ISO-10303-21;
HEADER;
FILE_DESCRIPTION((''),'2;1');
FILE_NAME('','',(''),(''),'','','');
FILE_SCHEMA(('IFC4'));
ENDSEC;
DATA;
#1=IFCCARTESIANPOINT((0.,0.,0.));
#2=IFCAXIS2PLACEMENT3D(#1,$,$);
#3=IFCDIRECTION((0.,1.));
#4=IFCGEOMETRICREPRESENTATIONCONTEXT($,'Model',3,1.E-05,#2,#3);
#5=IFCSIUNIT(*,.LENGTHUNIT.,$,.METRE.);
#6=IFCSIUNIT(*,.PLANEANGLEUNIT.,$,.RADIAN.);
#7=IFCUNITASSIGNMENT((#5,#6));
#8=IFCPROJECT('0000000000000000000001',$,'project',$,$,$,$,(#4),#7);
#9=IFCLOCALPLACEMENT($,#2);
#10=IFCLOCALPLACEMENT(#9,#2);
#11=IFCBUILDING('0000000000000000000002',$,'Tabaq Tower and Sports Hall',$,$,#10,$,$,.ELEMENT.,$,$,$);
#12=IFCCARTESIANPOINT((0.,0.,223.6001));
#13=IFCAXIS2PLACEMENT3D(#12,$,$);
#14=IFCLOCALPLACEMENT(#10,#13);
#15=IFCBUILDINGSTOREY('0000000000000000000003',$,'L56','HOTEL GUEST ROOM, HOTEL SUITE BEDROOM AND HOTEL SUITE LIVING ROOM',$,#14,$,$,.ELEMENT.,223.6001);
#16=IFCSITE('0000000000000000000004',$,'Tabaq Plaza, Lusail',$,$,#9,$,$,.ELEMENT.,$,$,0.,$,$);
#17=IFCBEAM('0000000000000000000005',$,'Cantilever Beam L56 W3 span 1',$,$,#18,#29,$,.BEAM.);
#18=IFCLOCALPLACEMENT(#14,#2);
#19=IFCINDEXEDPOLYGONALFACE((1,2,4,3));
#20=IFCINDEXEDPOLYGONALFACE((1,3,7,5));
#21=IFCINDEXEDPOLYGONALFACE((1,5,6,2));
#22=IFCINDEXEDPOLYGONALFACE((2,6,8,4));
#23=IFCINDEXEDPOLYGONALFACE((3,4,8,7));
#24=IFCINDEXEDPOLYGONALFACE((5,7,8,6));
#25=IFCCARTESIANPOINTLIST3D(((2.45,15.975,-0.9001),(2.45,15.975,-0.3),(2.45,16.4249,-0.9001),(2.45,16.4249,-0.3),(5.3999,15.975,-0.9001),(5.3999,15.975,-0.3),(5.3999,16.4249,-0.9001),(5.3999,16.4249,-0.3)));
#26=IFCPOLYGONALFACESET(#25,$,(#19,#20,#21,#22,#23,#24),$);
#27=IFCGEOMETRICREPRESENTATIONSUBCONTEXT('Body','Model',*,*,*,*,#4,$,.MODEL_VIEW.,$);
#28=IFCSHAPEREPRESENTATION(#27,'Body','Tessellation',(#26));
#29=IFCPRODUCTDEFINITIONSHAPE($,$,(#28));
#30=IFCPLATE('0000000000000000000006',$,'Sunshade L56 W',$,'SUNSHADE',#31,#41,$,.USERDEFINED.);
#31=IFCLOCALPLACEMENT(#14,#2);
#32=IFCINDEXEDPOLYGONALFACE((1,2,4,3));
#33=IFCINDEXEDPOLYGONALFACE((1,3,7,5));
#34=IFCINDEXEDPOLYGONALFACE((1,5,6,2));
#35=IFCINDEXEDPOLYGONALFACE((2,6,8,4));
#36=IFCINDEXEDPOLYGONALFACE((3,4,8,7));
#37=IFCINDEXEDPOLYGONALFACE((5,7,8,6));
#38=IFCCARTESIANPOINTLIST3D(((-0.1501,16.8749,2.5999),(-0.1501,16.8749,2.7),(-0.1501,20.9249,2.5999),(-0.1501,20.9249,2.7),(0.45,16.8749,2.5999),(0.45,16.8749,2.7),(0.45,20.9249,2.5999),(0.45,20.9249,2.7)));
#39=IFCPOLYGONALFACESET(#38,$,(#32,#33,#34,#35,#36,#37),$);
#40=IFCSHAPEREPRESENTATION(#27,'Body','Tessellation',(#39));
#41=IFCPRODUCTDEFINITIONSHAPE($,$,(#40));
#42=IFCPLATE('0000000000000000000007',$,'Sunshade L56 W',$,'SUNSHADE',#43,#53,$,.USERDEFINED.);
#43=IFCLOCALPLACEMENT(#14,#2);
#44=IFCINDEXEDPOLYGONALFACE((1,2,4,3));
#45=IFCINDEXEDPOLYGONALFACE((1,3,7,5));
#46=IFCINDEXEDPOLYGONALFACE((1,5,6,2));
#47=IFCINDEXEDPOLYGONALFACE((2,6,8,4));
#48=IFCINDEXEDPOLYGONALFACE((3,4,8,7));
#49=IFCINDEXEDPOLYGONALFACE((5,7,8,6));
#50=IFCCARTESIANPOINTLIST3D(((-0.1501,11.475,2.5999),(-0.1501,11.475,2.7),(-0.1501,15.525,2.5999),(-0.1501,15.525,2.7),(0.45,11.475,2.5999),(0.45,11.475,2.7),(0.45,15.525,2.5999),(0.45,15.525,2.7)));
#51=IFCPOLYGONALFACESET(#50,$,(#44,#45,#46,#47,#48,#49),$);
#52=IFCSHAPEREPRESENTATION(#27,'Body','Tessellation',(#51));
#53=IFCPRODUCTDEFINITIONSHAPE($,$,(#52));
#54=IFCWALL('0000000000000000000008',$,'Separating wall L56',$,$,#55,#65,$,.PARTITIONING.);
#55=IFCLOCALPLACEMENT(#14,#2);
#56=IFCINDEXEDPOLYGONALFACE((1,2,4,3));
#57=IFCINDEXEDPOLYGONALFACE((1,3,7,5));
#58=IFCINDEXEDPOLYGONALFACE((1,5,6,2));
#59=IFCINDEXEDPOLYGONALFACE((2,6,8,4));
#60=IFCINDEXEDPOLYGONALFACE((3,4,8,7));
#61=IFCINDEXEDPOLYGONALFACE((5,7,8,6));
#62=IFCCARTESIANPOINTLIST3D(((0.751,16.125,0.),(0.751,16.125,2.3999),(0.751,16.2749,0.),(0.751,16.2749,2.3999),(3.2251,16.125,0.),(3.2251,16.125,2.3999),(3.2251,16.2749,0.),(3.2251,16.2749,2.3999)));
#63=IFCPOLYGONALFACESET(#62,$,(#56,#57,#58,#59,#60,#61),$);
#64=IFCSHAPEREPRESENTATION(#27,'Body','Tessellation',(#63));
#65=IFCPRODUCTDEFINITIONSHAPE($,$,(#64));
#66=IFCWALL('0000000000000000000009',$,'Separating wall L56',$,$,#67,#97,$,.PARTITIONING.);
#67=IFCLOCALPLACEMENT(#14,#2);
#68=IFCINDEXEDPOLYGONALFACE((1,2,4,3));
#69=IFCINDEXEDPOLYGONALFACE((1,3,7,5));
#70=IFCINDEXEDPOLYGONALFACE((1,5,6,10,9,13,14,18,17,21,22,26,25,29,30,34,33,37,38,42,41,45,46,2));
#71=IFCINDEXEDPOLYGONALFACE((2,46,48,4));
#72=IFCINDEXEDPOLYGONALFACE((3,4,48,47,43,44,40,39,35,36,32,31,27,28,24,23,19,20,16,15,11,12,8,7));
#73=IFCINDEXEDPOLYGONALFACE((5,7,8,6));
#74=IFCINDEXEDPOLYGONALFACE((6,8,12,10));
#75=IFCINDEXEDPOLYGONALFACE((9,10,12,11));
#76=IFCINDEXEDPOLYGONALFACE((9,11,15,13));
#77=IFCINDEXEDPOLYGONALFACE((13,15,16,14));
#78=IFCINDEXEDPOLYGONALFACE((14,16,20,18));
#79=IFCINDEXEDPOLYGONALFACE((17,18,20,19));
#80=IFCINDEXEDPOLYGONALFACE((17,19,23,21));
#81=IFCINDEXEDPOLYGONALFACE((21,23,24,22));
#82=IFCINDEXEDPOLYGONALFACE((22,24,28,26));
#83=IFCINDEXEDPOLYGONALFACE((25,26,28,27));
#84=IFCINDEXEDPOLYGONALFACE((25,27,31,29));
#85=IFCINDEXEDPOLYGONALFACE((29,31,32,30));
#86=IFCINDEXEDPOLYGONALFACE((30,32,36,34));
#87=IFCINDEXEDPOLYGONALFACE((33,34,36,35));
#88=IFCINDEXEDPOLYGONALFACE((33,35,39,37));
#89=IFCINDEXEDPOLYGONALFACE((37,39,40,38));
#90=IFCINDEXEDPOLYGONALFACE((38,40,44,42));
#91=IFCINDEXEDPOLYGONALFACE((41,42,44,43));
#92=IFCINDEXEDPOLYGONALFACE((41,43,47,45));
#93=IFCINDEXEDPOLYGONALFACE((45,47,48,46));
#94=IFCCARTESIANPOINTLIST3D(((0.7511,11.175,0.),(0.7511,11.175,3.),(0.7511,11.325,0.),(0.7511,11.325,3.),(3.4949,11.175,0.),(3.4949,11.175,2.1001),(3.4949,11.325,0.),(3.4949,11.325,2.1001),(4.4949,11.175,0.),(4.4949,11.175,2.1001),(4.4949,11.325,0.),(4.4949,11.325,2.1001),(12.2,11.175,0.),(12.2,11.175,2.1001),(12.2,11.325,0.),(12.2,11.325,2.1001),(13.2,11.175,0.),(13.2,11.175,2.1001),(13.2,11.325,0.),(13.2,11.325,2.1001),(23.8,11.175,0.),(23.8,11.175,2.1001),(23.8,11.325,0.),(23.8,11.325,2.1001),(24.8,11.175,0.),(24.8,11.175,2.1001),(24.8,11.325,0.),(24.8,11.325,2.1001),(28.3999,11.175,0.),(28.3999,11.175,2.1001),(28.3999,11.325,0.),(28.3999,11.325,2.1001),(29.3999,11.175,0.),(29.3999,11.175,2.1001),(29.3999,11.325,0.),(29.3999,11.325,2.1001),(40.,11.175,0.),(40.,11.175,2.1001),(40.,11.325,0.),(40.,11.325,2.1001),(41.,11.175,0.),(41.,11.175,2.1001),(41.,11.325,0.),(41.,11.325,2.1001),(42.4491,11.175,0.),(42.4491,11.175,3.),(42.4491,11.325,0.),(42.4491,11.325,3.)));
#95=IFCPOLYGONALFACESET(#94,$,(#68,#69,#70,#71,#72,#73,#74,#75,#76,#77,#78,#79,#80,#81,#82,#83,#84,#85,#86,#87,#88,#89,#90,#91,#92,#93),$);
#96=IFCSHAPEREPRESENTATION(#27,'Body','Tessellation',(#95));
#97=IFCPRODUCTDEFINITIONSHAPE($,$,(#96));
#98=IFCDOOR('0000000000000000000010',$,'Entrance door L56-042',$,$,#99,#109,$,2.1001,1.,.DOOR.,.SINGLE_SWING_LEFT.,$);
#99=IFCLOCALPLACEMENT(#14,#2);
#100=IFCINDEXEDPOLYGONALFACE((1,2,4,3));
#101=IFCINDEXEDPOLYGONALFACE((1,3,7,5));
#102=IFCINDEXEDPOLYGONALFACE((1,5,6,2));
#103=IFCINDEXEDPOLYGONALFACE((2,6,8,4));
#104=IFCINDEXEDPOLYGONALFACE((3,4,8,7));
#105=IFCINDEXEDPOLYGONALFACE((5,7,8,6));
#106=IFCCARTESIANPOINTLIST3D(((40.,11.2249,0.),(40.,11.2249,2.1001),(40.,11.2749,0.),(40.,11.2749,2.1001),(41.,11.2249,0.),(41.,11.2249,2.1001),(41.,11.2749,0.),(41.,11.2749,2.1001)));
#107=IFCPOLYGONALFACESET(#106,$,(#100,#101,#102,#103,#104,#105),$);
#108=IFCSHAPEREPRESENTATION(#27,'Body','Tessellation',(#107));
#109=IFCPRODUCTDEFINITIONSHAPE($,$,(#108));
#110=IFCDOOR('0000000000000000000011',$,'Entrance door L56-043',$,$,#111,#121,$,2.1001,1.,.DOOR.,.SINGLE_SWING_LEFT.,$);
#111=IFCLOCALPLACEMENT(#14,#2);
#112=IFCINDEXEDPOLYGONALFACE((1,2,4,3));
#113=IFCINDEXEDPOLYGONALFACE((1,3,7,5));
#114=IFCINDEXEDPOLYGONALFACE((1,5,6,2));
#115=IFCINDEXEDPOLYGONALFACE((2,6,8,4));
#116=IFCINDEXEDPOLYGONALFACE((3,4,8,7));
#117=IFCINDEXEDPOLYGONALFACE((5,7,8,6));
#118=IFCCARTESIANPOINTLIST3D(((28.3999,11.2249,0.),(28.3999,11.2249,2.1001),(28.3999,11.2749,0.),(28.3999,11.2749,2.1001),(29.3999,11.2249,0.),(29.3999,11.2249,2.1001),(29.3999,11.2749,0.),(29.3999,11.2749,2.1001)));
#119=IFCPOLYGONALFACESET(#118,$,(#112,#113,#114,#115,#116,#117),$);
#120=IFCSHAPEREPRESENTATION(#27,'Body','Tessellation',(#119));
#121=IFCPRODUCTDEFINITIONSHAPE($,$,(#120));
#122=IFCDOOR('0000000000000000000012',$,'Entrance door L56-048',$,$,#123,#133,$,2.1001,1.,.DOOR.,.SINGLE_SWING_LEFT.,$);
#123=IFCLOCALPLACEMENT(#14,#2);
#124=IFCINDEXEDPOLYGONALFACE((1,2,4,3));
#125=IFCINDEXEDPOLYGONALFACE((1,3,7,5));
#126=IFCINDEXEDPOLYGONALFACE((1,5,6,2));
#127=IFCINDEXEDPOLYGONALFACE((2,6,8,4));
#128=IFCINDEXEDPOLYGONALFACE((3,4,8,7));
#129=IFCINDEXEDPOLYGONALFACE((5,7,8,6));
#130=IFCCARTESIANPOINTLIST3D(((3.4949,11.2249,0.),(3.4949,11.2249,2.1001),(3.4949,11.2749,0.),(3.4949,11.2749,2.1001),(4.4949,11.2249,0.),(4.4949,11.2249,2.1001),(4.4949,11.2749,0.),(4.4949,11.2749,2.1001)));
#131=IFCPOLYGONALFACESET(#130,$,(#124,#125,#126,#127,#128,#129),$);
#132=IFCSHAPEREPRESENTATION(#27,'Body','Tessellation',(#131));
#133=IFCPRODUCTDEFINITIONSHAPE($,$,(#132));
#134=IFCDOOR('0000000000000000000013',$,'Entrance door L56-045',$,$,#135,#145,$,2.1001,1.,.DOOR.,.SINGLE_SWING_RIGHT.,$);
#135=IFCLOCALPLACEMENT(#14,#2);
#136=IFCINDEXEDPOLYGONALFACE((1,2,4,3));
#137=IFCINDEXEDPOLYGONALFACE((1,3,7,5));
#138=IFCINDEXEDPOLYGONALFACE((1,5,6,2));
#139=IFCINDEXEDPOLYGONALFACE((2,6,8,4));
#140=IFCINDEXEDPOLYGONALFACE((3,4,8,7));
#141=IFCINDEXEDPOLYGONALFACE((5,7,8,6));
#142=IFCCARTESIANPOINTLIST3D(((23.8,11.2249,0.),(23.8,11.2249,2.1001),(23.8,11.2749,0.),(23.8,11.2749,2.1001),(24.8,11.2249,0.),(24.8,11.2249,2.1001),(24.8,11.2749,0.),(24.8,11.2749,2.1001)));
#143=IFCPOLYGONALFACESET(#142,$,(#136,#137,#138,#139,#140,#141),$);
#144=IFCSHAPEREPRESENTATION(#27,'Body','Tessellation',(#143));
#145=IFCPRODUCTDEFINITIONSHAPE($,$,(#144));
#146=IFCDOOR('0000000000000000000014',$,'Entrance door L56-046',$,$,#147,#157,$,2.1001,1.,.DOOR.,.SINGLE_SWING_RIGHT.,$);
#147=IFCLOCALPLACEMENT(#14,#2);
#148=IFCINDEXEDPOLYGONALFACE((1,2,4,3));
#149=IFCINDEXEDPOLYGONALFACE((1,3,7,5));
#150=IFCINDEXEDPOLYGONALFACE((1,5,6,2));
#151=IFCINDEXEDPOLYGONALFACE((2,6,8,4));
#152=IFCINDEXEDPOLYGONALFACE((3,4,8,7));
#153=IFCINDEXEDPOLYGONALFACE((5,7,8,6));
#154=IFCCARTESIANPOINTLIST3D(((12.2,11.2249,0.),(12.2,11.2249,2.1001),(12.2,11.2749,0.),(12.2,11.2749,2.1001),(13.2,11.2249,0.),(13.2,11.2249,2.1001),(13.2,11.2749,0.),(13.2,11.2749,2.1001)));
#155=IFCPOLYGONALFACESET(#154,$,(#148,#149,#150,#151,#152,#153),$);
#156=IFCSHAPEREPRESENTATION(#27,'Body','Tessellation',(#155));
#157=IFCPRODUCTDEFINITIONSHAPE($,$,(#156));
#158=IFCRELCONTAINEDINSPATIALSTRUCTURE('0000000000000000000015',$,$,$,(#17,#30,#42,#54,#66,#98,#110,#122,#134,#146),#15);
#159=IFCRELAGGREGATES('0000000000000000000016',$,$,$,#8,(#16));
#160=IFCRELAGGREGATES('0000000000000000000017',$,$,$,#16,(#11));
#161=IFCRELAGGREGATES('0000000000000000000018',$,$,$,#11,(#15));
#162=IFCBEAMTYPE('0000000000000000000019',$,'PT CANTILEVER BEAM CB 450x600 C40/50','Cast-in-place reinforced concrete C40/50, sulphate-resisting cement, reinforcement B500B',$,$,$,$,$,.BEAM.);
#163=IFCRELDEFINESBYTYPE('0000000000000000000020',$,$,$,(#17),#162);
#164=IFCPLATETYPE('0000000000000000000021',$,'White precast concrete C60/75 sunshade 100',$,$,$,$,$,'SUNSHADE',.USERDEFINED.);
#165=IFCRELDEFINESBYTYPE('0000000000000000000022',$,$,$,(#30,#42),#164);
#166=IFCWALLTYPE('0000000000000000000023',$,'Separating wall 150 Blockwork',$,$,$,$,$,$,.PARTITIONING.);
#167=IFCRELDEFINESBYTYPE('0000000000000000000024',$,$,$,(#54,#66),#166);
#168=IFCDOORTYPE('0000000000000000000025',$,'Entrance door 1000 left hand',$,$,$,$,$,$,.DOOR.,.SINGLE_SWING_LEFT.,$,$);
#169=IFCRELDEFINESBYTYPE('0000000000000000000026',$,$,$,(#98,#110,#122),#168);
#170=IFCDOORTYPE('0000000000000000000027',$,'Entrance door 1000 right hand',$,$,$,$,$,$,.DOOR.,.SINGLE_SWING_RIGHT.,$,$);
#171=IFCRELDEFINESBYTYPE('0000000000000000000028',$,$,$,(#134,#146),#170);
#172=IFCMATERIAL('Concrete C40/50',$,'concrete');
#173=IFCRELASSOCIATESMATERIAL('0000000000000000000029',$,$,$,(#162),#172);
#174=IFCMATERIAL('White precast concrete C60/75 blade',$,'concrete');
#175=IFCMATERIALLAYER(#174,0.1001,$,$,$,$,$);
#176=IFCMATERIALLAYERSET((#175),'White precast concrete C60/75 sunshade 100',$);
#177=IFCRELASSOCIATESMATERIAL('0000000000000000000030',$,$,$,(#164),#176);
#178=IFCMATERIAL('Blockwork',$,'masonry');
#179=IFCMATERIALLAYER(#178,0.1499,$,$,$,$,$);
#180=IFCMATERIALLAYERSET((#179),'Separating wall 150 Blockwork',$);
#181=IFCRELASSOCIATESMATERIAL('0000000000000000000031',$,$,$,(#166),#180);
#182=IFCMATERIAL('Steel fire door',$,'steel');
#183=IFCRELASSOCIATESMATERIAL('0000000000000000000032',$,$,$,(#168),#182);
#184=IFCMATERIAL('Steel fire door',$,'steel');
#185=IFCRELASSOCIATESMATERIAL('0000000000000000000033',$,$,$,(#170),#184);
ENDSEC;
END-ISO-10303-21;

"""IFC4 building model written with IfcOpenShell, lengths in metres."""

from ifc_helpers import new_model, si_unit, direction, frame, frame_2d, origin, origin_2d, place, context, subcontext, project, spatial, rectangle, extrude, material, layer, layer_set, material_profile, profile_set, type_object, element, fill, save


model = new_model("IFC4")

# Units and contexts
model_context = context("Model", 3, precision=1e-05, world=origin(), true_north=direction((0.0, 1.0)))
body_context = subcontext(model_context, "Body", "Model", "MODEL_VIEW")
ifc_project = project(units=[si_unit("LENGTHUNIT", "METRE"), si_unit("PLANEANGLEUNIT", "RADIAN")], contexts=[model_context])

# Site, building, storey
site_placement = place(None, origin())
site = spatial("IfcSite", under=ifc_project, at=site_placement, Name="Tabaq Plaza, Lusail", CompositionType="ELEMENT", RefElevation=0.0)
building_placement = place(site_placement, origin())
building = spatial("IfcBuilding", under=site, at=building_placement, Name="Tabaq Tower and Sports Hall", CompositionType="ELEMENT")
storey_placement = place(building_placement, frame((0.0, 0.0, 223.6001)))
storey = spatial("IfcBuildingStorey", under=building, at=storey_placement, Name="L56", Description="HOTEL GUEST ROOM, HOTEL SUITE BEDROOM AND HOTEL SUITE LIVING ROOM", CompositionType="ELEMENT", Elevation=223.6001)

# Beam
ifc_material_1 = material(Name="Concrete C40/50", Category="concrete")
ifc_material_profile = material_profile(ifc_material_1, rectangle(XDim=0.45, YDim=0.6001, at=origin_2d()), Name="CB 450x600")
ifc_profile_set = profile_set([ifc_material_profile], Name="Concrete C40/50")
beam_type = type_object("IfcBeamType", Name="PT CANTILEVER BEAM CB 450x600 C40/50", Description="Cast-in-place reinforced concrete C40/50, sulphate-resisting cement, reinforcement B500B", PredefinedType="BEAM", material=ifc_profile_set)
beam_placement = place(storey_placement, frame((2.45, 16.2, -0.6001), z_axis=(1.0, 0.0, 0.0), x_axis=(0.0, 1.0, 0.0)))
element("IfcBeam", 1, at=beam_placement, inside=storey, type_object=beam_type, Name="Cantilever Beam L56 W3 span 1", PredefinedType="BEAM", context=body_context, shape_type="SweptSolid", body=[
    extrude(rectangle(XDim=0.45, YDim=0.6001, at=origin_2d()), origin(), (0.0, 0.0, 1.0), 2.95),
])

# Plates
ifc_material_2 = material(Name="White precast concrete C60/75 blade", Category="concrete")
ifc_layer_1 = layer(ifc_material_2, 0.1001)
ifc_layer_set_1 = layer_set([ifc_layer_1], Name="White precast concrete C60/75 sunshade 100")
plate_type = type_object("IfcPlateType", Name="White precast concrete C60/75 sunshade 100", ElementType="SUNSHADE", PredefinedType="USERDEFINED", material=ifc_layer_set_1)
for number, where, z_axis, x_axis, name in (
    (2, (0.1499, 18.8999, 2.5999), (0.0, 0.0, 1.0), (0.0, -1.0, 0.0), "Sunshade L56 W"),
    (3, (0.1499, 13.5, 2.5999), (0.0, 0.0, 1.0), (0.0, -1.0, 0.0), "Sunshade L56 W"),
):
    element("IfcPlate", number, at=place(storey_placement, frame(where, z_axis=z_axis, x_axis=x_axis)), inside=storey, type_object=plate_type, Name=name, ObjectType="SUNSHADE", PredefinedType="USERDEFINED", context=body_context, shape_type="SweptSolid", body=[
        extrude(rectangle(XDim=4.05, YDim=0.6001, at=origin_2d()), origin(), (0.0, 0.0, 1.0), 0.1001),
    ])

# Wall
ifc_material_3 = material(Name="Blockwork", Category="masonry")
ifc_layer_2 = layer(ifc_material_3, 0.1499)
ifc_layer_set_2 = layer_set([ifc_layer_2], Name="Separating wall 150 Blockwork")
wall_type_1 = type_object("IfcWallType", Name="Separating wall 150 Blockwork", PredefinedType="PARTITIONING", material=ifc_layer_set_2)
wall_1_placement = place(storey_placement, frame((3.2251, 16.2, 0.0), z_axis=(0.0, 0.0, 1.0), x_axis=(-1.0, 0.0, 0.0)))
element("IfcWall", 4, at=wall_1_placement, inside=storey, type_object=wall_type_1, Name="Separating wall L56", PredefinedType="PARTITIONING", context=body_context, shape_type="SweptSolid", body=[
    extrude(rectangle(XDim=2.4741, YDim=0.1499, at=frame_2d((1.2371, 0.0))), origin(), (0.0, 0.0, 1.0), 2.3999),
])

# Wall, openings, doors
wall_2_placement = place(storey_placement, frame((0.751, 11.25, 0.0), z_axis=(0.0, 0.0, 1.0), x_axis=(1.0, 0.0, 0.0)))
wall_2 = element("IfcWall", 5, at=wall_2_placement, inside=storey, type_object=wall_type_1, Name="Separating wall L56", PredefinedType="PARTITIONING", context=body_context, shape_type="SweptSolid", body=[
    extrude(rectangle(XDim=41.698, YDim=0.1499, at=frame_2d((20.8491, 0.0))), origin(), (0.0, 0.0, 1.0), 3.0),
])
opening_1_placement = place(wall_2_placement, frame((39.249, 0.0, 0.0)))
opening_1 = element("IfcOpeningElement", 6, at=opening_1_placement, cuts=wall_2, PredefinedType="OPENING", context=body_context, shape_type="SweptSolid", body=[
    extrude(rectangle(XDim=1.0, YDim=2.1001, at=frame_2d((0.5, 1.05))), frame((0.0, 0.075, 0.0), z_axis=(0.0, -1.0, 0.0), x_axis=(1.0, 0.0, 0.0)), (0.0, 0.0, 1.0), 0.1499),
])
opening_2_placement = place(wall_2_placement, frame((27.6489, 0.0, 0.0)))
opening_2 = element("IfcOpeningElement", 7, at=opening_2_placement, cuts=wall_2, PredefinedType="OPENING", context=body_context, shape_type="SweptSolid", body=[
    extrude(rectangle(XDim=1.0, YDim=2.1001, at=frame_2d((0.5, 1.05))), frame((0.0, 0.075, 0.0), z_axis=(0.0, -1.0, 0.0), x_axis=(1.0, 0.0, 0.0)), (0.0, 0.0, 1.0), 0.1499),
])
opening_3_placement = place(wall_2_placement, frame((23.0491, 0.0, 0.0)))
opening_3 = element("IfcOpeningElement", 8, at=opening_3_placement, cuts=wall_2, PredefinedType="OPENING", context=body_context, shape_type="SweptSolid", body=[
    extrude(rectangle(XDim=1.0, YDim=2.1001, at=frame_2d((0.5, 1.05))), frame((0.0, 0.075, 0.0), z_axis=(0.0, -1.0, 0.0), x_axis=(1.0, 0.0, 0.0)), (0.0, 0.0, 1.0), 0.1499),
])
opening_4_placement = place(wall_2_placement, frame((11.449, 0.0, 0.0)))
opening_4 = element("IfcOpeningElement", 9, at=opening_4_placement, cuts=wall_2, PredefinedType="OPENING", context=body_context, shape_type="SweptSolid", body=[
    extrude(rectangle(XDim=1.0, YDim=2.1001, at=frame_2d((0.5, 1.05))), frame((0.0, 0.075, 0.0), z_axis=(0.0, -1.0, 0.0), x_axis=(1.0, 0.0, 0.0)), (0.0, 0.0, 1.0), 0.1499),
])
opening_5_placement = place(wall_2_placement, frame((2.7439, 0.0, 0.0)))
opening_5 = element("IfcOpeningElement", 10, at=opening_5_placement, cuts=wall_2, PredefinedType="OPENING", context=body_context, shape_type="SweptSolid", body=[
    extrude(rectangle(XDim=1.0, YDim=2.1001, at=frame_2d((0.5, 1.05))), frame((0.0, 0.075, 0.0), z_axis=(0.0, -1.0, 0.0), x_axis=(1.0, 0.0, 0.0)), (0.0, 0.0, 1.0), 0.1499),
])
ifc_material_4 = material(Name="Steel fire door", Category="steel")
door_type_1 = type_object("IfcDoorType", Name="Entrance door 1000 left hand", OperationType="SINGLE_SWING_LEFT", PredefinedType="DOOR", material=ifc_material_4)
door_1_placement = place(opening_1_placement, origin())
door_1 = element("IfcDoor", 11, at=door_1_placement, inside=storey, type_object=door_type_1, Name="Entrance door L56-042", OperationType="SINGLE_SWING_LEFT", OverallHeight=2.1001, OverallWidth=1.0, PredefinedType="DOOR", context=body_context, shape_type="SweptSolid", body=[
    extrude(rectangle(XDim=1.0, YDim=2.1001, at=frame_2d((0.5, 1.05))), frame((0.0, 0.0249, 0.0), z_axis=(0.0, -1.0, 0.0), x_axis=(1.0, 0.0, 0.0)), (0.0, 0.0, 1.0), 0.05),
])
fill(opening_1, door_1)
door_2_placement = place(opening_2_placement, origin())
door_2 = element("IfcDoor", 12, at=door_2_placement, inside=storey, type_object=door_type_1, Name="Entrance door L56-043", OperationType="SINGLE_SWING_LEFT", OverallHeight=2.1001, OverallWidth=1.0, PredefinedType="DOOR", context=body_context, shape_type="SweptSolid", body=[
    extrude(rectangle(XDim=1.0, YDim=2.1001, at=frame_2d((0.5, 1.05))), frame((0.0, 0.0249, 0.0), z_axis=(0.0, -1.0, 0.0), x_axis=(1.0, 0.0, 0.0)), (0.0, 0.0, 1.0), 0.05),
])
fill(opening_2, door_2)
door_3_placement = place(opening_5_placement, origin())
door_3 = element("IfcDoor", 13, at=door_3_placement, inside=storey, type_object=door_type_1, Name="Entrance door L56-048", OperationType="SINGLE_SWING_LEFT", OverallHeight=2.1001, OverallWidth=1.0, PredefinedType="DOOR", context=body_context, shape_type="SweptSolid", body=[
    extrude(rectangle(XDim=1.0, YDim=2.1001, at=frame_2d((0.5, 1.05))), frame((0.0, 0.0249, 0.0), z_axis=(0.0, -1.0, 0.0), x_axis=(1.0, 0.0, 0.0)), (0.0, 0.0, 1.0), 0.05),
])
fill(opening_5, door_3)
ifc_material_5 = material(Name="Steel fire door", Category="steel")
door_type_2 = type_object("IfcDoorType", Name="Entrance door 1000 right hand", OperationType="SINGLE_SWING_RIGHT", PredefinedType="DOOR", material=ifc_material_5)
door_4_placement = place(opening_3_placement, origin())
door_4 = element("IfcDoor", 14, at=door_4_placement, inside=storey, type_object=door_type_2, Name="Entrance door L56-045", OperationType="SINGLE_SWING_RIGHT", OverallHeight=2.1001, OverallWidth=1.0, PredefinedType="DOOR", context=body_context, shape_type="SweptSolid", body=[
    extrude(rectangle(XDim=1.0, YDim=2.1001, at=frame_2d((0.5, 1.05))), frame((0.0, 0.0249, 0.0), z_axis=(0.0, -1.0, 0.0), x_axis=(1.0, 0.0, 0.0)), (0.0, 0.0, 1.0), 0.05),
])
fill(opening_3, door_4)
door_5_placement = place(opening_4_placement, origin())
door_5 = element("IfcDoor", 15, at=door_5_placement, inside=storey, type_object=door_type_2, Name="Entrance door L56-046", OperationType="SINGLE_SWING_RIGHT", OverallHeight=2.1001, OverallWidth=1.0, PredefinedType="DOOR", context=body_context, shape_type="SweptSolid", body=[
    extrude(rectangle(XDim=1.0, YDim=2.1001, at=frame_2d((0.5, 1.05))), frame((0.0, 0.0249, 0.0), z_axis=(0.0, -1.0, 0.0), x_axis=(1.0, 0.0, 0.0)), (0.0, 0.0, 1.0), 0.05),
])
fill(opening_4, door_5)

save(model, "model.ifc")
